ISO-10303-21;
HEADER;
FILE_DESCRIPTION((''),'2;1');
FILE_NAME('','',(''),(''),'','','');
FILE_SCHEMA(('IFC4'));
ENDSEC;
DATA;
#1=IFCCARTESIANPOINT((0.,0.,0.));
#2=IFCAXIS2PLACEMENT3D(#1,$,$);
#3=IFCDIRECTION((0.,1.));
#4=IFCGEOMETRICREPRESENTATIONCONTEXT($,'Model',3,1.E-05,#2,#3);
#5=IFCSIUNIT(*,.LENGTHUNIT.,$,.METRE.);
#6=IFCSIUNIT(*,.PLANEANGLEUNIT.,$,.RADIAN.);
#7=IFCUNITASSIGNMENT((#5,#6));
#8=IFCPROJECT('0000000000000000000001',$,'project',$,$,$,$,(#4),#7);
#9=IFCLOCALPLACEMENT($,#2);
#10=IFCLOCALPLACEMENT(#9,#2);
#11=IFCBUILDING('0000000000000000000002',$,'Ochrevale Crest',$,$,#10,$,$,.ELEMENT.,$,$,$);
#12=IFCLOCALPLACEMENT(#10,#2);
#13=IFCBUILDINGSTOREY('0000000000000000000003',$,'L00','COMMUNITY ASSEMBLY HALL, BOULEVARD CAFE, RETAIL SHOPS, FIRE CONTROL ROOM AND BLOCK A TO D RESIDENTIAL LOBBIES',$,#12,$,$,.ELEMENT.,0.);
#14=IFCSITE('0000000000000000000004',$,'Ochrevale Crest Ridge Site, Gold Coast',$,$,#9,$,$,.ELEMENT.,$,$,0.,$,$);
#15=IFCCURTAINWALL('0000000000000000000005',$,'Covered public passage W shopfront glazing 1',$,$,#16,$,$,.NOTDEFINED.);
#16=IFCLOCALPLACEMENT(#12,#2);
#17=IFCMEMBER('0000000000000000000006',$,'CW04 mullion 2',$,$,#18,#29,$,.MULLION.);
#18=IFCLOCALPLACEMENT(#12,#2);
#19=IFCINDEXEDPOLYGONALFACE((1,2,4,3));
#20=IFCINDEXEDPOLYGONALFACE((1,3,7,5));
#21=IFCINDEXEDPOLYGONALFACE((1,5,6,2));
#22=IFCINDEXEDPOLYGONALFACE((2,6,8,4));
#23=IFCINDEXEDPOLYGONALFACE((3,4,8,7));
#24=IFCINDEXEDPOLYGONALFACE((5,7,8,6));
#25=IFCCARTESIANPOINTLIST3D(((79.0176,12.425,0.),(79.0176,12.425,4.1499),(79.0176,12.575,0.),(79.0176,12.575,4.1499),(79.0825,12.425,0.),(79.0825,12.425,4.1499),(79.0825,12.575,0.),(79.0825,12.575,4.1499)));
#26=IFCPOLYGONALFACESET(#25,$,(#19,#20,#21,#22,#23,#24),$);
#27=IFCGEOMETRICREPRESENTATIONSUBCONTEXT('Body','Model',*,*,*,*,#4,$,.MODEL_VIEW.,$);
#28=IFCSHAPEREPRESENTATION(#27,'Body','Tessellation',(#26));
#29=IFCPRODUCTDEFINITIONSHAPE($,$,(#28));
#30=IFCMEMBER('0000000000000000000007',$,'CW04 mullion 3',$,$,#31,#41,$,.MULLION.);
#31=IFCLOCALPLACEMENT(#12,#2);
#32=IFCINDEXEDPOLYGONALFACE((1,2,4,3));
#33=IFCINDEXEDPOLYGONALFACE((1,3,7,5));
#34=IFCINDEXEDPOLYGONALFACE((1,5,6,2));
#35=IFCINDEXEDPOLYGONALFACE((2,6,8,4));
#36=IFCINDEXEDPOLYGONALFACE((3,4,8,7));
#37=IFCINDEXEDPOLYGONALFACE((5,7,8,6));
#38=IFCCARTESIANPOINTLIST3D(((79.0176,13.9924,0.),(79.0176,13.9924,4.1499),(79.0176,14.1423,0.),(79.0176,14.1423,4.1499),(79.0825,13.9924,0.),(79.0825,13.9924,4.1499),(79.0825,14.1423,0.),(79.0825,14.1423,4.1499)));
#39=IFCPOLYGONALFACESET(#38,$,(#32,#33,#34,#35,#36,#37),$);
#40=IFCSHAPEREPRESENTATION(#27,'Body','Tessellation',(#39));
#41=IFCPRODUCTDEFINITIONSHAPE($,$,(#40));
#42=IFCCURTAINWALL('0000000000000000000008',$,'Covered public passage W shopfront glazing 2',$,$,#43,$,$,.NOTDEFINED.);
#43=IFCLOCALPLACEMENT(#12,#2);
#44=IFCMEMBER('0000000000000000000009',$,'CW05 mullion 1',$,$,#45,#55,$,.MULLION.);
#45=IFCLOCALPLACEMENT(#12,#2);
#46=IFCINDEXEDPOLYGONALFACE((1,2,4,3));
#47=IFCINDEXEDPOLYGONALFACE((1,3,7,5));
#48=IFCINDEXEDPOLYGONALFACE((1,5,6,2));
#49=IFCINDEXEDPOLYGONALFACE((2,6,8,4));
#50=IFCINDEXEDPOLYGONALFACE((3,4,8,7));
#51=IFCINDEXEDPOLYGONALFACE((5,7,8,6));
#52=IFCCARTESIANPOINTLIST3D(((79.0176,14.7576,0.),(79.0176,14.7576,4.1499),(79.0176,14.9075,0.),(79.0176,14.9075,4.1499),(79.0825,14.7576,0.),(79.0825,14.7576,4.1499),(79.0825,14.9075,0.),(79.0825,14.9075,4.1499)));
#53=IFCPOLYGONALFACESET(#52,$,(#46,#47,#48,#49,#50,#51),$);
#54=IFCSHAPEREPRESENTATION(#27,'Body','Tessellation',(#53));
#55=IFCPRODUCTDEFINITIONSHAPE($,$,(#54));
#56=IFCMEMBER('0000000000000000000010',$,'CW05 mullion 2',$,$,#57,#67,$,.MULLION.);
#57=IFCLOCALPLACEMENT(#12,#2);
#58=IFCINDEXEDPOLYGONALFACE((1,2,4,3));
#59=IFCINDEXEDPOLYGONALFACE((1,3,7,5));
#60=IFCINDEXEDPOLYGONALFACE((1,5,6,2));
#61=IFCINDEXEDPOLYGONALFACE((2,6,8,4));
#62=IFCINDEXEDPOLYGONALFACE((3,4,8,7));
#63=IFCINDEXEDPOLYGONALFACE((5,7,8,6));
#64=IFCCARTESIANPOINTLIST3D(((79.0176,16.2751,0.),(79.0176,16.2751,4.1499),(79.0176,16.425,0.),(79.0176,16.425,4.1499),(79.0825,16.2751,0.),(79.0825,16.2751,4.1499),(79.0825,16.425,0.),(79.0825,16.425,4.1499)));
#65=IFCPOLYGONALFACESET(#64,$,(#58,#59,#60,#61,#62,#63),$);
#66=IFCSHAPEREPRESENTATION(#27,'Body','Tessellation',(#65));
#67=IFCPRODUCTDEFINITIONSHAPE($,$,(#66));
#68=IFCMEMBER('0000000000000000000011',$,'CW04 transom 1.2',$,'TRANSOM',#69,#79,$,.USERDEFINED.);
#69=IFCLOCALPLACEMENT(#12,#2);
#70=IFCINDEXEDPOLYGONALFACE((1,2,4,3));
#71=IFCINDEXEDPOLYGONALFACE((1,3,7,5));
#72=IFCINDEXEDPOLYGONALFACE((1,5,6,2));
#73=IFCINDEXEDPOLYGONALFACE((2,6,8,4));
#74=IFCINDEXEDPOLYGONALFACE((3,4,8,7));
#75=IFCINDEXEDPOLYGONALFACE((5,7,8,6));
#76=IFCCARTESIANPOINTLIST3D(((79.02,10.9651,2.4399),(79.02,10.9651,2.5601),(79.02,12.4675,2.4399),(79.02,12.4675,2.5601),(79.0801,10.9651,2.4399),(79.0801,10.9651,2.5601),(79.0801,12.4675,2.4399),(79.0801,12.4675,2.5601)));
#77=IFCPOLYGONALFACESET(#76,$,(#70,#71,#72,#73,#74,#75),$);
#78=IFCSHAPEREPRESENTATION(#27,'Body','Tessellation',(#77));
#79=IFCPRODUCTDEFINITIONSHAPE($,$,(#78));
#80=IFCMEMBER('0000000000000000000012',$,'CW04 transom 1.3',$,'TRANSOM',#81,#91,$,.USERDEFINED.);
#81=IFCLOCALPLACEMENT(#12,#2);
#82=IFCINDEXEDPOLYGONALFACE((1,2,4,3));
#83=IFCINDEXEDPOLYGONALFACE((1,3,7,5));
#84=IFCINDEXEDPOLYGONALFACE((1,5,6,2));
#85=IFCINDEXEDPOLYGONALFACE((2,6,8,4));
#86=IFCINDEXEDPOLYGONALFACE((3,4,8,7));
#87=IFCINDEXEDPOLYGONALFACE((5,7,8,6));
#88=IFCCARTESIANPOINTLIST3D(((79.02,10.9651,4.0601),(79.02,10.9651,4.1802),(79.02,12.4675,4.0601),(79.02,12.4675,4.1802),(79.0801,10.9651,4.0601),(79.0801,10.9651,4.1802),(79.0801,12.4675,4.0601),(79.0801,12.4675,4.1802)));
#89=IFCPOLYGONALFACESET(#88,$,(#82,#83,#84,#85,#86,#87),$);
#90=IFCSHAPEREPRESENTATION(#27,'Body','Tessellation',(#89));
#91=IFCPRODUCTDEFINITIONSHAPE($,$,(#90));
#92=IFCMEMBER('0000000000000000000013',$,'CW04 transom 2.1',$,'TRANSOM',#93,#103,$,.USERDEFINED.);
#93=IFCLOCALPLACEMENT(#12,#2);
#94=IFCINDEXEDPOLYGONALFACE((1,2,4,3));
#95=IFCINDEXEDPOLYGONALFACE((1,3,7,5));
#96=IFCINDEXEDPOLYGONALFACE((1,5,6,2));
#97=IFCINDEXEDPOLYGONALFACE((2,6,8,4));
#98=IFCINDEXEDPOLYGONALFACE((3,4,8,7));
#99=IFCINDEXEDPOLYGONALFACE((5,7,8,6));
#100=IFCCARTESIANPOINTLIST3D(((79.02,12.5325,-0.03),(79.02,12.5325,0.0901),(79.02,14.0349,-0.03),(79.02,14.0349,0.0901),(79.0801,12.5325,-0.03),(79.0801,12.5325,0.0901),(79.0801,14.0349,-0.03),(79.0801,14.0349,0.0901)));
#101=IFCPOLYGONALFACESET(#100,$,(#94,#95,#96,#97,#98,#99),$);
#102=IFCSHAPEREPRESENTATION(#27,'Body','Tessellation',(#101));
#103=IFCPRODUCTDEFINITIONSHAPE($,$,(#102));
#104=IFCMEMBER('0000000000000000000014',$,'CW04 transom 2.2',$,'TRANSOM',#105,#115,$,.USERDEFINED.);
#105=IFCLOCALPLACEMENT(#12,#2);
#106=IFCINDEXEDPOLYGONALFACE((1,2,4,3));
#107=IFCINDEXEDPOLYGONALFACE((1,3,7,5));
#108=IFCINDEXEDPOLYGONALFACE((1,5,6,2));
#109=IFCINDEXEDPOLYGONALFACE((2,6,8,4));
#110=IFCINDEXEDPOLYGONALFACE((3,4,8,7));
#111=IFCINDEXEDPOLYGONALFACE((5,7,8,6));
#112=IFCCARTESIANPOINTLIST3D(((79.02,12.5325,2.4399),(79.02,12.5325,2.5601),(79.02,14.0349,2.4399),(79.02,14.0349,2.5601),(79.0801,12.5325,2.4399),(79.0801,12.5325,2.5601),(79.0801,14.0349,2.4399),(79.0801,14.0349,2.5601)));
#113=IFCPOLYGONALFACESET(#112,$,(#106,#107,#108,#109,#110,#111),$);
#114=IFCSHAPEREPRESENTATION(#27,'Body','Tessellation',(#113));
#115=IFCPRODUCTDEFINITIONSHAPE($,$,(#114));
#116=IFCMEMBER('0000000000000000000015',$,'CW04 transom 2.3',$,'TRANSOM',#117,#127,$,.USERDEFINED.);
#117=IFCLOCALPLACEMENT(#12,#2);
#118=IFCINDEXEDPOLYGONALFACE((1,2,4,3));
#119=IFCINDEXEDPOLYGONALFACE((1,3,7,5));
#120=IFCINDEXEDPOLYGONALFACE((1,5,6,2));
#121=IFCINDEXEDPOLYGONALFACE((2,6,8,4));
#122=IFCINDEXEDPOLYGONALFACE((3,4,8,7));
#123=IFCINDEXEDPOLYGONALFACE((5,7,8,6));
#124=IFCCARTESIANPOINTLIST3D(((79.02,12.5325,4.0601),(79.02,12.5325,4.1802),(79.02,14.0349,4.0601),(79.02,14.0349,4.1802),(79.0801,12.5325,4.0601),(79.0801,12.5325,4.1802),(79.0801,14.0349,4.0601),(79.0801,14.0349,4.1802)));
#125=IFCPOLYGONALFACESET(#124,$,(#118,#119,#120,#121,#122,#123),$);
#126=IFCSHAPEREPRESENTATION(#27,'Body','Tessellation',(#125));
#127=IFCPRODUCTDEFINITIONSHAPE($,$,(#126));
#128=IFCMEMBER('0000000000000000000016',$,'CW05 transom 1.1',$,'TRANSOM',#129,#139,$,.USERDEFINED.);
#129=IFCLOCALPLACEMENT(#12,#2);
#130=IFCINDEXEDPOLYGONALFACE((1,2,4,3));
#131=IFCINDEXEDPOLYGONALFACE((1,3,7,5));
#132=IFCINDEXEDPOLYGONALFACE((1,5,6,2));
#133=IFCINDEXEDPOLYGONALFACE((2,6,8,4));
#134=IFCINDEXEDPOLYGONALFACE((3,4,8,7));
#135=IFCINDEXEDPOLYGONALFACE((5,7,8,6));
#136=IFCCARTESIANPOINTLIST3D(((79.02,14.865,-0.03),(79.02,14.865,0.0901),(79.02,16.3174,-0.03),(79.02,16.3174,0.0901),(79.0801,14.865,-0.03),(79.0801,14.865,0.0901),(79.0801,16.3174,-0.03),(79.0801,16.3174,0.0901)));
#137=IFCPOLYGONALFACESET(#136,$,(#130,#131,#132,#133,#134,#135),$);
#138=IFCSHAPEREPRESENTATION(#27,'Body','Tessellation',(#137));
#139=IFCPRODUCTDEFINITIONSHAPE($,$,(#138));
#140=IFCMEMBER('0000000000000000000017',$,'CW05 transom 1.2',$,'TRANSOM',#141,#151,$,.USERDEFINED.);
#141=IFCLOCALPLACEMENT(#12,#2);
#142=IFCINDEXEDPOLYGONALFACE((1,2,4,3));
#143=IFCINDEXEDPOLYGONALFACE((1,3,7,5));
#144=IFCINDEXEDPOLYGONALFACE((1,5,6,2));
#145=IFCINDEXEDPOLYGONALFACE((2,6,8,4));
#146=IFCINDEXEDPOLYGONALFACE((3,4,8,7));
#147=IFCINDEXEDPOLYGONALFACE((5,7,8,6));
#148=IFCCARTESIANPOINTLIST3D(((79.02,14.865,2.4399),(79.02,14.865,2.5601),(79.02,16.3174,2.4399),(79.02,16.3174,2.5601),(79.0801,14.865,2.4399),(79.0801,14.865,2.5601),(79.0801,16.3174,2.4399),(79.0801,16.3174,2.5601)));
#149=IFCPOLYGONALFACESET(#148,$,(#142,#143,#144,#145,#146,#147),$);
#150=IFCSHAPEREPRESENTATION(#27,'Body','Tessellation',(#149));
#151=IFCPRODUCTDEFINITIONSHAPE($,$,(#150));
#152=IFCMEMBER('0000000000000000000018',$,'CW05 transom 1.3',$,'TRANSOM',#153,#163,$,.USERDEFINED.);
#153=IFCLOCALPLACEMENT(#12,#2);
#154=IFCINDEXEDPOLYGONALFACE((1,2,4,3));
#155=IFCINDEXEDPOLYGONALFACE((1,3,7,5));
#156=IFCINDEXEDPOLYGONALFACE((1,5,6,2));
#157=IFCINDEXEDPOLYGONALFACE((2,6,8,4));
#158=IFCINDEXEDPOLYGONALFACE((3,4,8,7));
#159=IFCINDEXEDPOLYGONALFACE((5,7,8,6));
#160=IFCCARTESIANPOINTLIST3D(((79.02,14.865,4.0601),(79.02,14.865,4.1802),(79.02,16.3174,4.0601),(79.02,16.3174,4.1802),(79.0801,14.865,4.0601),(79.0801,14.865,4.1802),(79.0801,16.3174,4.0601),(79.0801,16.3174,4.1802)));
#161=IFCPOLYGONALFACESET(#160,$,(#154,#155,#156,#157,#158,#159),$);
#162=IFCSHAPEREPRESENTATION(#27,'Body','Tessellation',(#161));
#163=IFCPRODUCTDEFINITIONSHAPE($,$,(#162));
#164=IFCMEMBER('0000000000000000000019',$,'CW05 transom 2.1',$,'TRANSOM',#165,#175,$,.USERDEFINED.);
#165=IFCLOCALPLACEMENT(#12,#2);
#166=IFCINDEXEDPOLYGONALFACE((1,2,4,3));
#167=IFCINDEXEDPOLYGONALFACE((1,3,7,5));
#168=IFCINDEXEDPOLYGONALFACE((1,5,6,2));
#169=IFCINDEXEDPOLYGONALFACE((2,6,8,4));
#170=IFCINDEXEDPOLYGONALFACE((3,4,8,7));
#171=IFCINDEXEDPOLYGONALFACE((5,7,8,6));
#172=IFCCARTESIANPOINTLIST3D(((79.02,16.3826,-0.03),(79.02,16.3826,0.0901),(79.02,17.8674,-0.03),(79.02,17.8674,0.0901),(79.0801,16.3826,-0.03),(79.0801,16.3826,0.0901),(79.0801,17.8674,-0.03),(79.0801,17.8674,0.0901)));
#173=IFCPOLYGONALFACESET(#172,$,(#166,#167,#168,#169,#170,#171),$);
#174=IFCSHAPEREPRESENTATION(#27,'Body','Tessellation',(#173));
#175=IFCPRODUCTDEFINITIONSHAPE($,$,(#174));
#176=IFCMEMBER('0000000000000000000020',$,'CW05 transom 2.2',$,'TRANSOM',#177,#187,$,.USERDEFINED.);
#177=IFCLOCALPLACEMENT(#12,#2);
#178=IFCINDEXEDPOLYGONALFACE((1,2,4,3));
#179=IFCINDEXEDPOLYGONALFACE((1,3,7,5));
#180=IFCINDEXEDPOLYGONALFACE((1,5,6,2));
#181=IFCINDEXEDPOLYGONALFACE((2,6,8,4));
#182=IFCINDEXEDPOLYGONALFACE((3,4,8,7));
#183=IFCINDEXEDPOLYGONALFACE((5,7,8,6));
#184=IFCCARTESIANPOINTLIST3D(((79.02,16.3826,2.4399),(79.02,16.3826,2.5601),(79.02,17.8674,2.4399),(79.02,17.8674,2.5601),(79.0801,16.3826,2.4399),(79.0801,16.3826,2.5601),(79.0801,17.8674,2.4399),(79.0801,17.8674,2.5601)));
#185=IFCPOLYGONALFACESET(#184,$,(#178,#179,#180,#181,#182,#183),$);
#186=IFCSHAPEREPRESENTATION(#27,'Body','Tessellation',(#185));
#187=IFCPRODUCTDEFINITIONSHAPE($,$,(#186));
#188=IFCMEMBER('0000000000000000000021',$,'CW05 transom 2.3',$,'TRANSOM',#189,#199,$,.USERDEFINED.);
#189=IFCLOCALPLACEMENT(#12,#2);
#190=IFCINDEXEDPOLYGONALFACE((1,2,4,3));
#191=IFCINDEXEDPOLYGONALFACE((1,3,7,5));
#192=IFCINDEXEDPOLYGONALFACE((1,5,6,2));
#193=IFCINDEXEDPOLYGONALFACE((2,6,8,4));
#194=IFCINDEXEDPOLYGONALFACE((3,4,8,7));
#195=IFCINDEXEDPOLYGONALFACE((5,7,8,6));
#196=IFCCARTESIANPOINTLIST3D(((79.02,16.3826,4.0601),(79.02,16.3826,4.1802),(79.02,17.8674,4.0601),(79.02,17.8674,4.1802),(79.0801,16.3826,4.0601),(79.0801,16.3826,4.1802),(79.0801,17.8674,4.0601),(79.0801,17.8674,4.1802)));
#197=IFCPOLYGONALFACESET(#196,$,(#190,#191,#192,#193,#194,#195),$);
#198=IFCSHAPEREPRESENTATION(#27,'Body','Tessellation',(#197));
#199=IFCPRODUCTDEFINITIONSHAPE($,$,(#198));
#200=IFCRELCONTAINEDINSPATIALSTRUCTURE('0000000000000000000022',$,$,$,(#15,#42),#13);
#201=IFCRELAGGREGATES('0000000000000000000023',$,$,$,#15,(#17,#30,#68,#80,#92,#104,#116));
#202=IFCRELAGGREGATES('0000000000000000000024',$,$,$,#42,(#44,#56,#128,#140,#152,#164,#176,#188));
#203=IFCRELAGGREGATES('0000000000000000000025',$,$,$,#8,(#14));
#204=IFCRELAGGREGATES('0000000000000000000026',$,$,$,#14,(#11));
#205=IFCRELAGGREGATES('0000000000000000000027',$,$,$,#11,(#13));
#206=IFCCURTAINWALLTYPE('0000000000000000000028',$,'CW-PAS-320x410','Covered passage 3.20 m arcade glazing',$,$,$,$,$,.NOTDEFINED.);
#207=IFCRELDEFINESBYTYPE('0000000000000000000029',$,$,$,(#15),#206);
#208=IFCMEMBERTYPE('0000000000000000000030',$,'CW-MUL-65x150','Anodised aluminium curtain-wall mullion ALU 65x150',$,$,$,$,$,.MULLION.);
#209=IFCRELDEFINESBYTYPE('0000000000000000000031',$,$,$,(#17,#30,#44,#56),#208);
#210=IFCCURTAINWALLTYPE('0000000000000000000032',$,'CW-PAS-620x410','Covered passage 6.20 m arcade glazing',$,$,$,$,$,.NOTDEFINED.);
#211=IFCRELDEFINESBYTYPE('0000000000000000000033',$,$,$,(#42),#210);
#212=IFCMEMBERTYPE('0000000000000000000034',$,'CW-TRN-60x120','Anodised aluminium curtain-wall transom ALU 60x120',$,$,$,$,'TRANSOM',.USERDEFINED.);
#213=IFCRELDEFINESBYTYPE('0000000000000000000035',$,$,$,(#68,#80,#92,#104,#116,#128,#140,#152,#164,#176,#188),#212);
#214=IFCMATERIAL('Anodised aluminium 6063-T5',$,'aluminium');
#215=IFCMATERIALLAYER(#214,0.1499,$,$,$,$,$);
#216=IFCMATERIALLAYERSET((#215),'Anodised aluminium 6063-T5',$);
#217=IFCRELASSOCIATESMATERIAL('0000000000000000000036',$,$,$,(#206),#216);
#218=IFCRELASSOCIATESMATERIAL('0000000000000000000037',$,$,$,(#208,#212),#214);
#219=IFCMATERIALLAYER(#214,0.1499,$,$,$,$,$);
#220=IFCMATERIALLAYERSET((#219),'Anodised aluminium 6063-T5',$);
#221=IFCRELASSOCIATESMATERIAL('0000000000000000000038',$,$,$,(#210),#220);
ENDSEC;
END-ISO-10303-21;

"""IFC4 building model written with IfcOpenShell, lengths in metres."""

from ifc_helpers import new_model, si_unit, direction, frame, origin, origin_2d, place, context, subcontext, project, spatial, rectangle, extrude, material, layer, layer_set, material_profile, profile_set, type_object, element, aggregate, save


model = new_model("IFC4")

# Units and contexts
model_context = context("Model", 3, precision=1e-05, world=origin(), true_north=direction((0.0, 1.0)))
body_context = subcontext(model_context, "Body", "Model", "MODEL_VIEW")
ifc_project = project(units=[si_unit("LENGTHUNIT", "METRE"), si_unit("PLANEANGLEUNIT", "RADIAN")], contexts=[model_context])

# Site, building, storey
site_placement = place(None, origin())
site = spatial("IfcSite", under=ifc_project, at=site_placement, Name="Ochrevale Crest Ridge Site, Gold Coast", CompositionType="ELEMENT", RefElevation=0.0)
building_placement = place(site_placement, origin())
building = spatial("IfcBuilding", under=site, at=building_placement, Name="Ochrevale Crest", CompositionType="ELEMENT")
storey_placement = place(building_placement, origin())
storey = spatial("IfcBuildingStorey", under=building, at=storey_placement, Name="L00", Description="COMMUNITY ASSEMBLY HALL, BOULEVARD CAFE, RETAIL SHOPS, FIRE CONTROL ROOM AND BLOCK A TO D RESIDENTIAL LOBBIES", CompositionType="ELEMENT", Elevation=0.0)

# Curtain walls, members
ifc_material_1 = material(Name="Anodised aluminium 6063-T5", Category="aluminium")
ifc_layer_1 = layer(ifc_material_1, 0.1499)
ifc_layer_set_1 = layer_set([ifc_layer_1], Name="Anodised aluminium 6063-T5")
curtain_wall_type_1 = type_object("IfcCurtainWallType", Name="CW-PAS-320x410", Description="Covered passage 3.20 m arcade glazing", PredefinedType="NOTDEFINED", material=ifc_layer_set_1)
curtain_wall_1_placement = place(storey_placement, origin())
curtain_wall_1 = element("IfcCurtainWall", 1, at=curtain_wall_1_placement, inside=storey, type_object=curtain_wall_type_1, Name="Covered public passage W shopfront glazing 1", PredefinedType="NOTDEFINED")
ifc_material_profile_1 = material_profile(ifc_material_1, rectangle(XDim=0.0649, YDim=0.1499, at=origin_2d()), Name="ALU 65x150")
ifc_profile_set_1 = profile_set([ifc_material_profile_1], Name="Anodised aluminium 6063-T5")
member_type_1 = type_object("IfcMemberType", Name="CW-MUL-65x150", Description="Anodised aluminium curtain-wall mullion ALU 65x150", PredefinedType="MULLION", material=ifc_profile_set_1)
member_1_placement = place(storey_placement, frame((79.05, 12.5, 0.0), z_axis=(0.0, 0.0, 1.0), x_axis=(-1.0, 0.0, 0.0)))
member_1 = element("IfcMember", 2, at=member_1_placement, type_object=member_type_1, Name="CW04 mullion 2", PredefinedType="MULLION", context=body_context, shape_type="SweptSolid", body=[
    extrude(rectangle(XDim=0.0649, YDim=0.1499, at=origin_2d()), origin(), (0.0, 0.0, 1.0), 4.1499),
])
member_2_placement = place(storey_placement, frame((79.05, 14.0674, 0.0), z_axis=(0.0, 0.0, 1.0), x_axis=(-1.0, 0.0, 0.0)))
member_2 = element("IfcMember", 3, at=member_2_placement, type_object=member_type_1, Name="CW04 mullion 3", PredefinedType="MULLION", context=body_context, shape_type="SweptSolid", body=[
    extrude(rectangle(XDim=0.0649, YDim=0.1499, at=origin_2d()), origin(), (0.0, 0.0, 1.0), 4.1499),
])
ifc_layer_2 = layer(ifc_material_1, 0.1499)
ifc_layer_set_2 = layer_set([ifc_layer_2], Name="Anodised aluminium 6063-T5")
curtain_wall_type_2 = type_object("IfcCurtainWallType", Name="CW-PAS-620x410", Description="Covered passage 6.20 m arcade glazing", PredefinedType="NOTDEFINED", material=ifc_layer_set_2)
curtain_wall_2_placement = place(storey_placement, origin())
curtain_wall_2 = element("IfcCurtainWall", 4, at=curtain_wall_2_placement, inside=storey, type_object=curtain_wall_type_2, Name="Covered public passage W shopfront glazing 2", PredefinedType="NOTDEFINED")
member_3_placement = place(storey_placement, frame((79.05, 14.8325, 0.0), z_axis=(0.0, 0.0, 1.0), x_axis=(-1.0, 0.0, 0.0)))
member_3 = element("IfcMember", 5, at=member_3_placement, type_object=member_type_1, Name="CW05 mullion 1", PredefinedType="MULLION", context=body_context, shape_type="SweptSolid", body=[
    extrude(rectangle(XDim=0.0649, YDim=0.1499, at=origin_2d()), origin(), (0.0, 0.0, 1.0), 4.1499),
])
member_4_placement = place(storey_placement, frame((79.05, 16.3501, 0.0), z_axis=(0.0, 0.0, 1.0), x_axis=(-1.0, 0.0, 0.0)))
member_4 = element("IfcMember", 6, at=member_4_placement, type_object=member_type_1, Name="CW05 mullion 2", PredefinedType="MULLION", context=body_context, shape_type="SweptSolid", body=[
    extrude(rectangle(XDim=0.0649, YDim=0.1499, at=origin_2d()), origin(), (0.0, 0.0, 1.0), 4.1499),
])

# Members
ifc_material_profile_2 = material_profile(ifc_material_1, rectangle(XDim=0.0601, YDim=0.1201, at=origin_2d()), Name="ALU 60x120")
ifc_profile_set_2 = profile_set([ifc_material_profile_2], Name="Anodised aluminium 6063-T5")
member_type_2 = type_object("IfcMemberType", Name="CW-TRN-60x120", Description="Anodised aluminium curtain-wall transom ALU 60x120", ElementType="TRANSOM", PredefinedType="USERDEFINED", material=ifc_profile_set_2)
member_5_placement = place(storey_placement, frame((79.05, 10.9651, 2.5), z_axis=(0.0, 1.0, 0.0), x_axis=(-1.0, 0.0, 0.0)))
member_5 = element("IfcMember", 7, at=member_5_placement, type_object=member_type_2, Name="CW04 transom 1.2", ObjectType="TRANSOM", PredefinedType="USERDEFINED", context=body_context, shape_type="SweptSolid", body=[
    extrude(rectangle(XDim=0.0601, YDim=0.1201, at=origin_2d()), origin(), (0.0, 0.0, 1.0), 1.5024),
])
member_6_placement = place(storey_placement, frame((79.05, 10.9651, 4.1201), z_axis=(0.0, 1.0, 0.0), x_axis=(-1.0, 0.0, 0.0)))
member_6 = element("IfcMember", 8, at=member_6_placement, type_object=member_type_2, Name="CW04 transom 1.3", ObjectType="TRANSOM", PredefinedType="USERDEFINED", context=body_context, shape_type="SweptSolid", body=[
    extrude(rectangle(XDim=0.0601, YDim=0.1201, at=origin_2d()), origin(), (0.0, 0.0, 1.0), 1.5024),
])
member_7_placement = place(storey_placement, frame((79.05, 12.5325, 0.03), z_axis=(0.0, 1.0, 0.0), x_axis=(-1.0, 0.0, 0.0)))
member_7 = element("IfcMember", 9, at=member_7_placement, type_object=member_type_2, Name="CW04 transom 2.1", ObjectType="TRANSOM", PredefinedType="USERDEFINED", context=body_context, shape_type="SweptSolid", body=[
    extrude(rectangle(XDim=0.0601, YDim=0.1201, at=origin_2d()), origin(), (0.0, 0.0, 1.0), 1.5024),
])
member_8_placement = place(storey_placement, frame((79.05, 12.5325, 2.5), z_axis=(0.0, 1.0, 0.0), x_axis=(-1.0, 0.0, 0.0)))
member_8 = element("IfcMember", 10, at=member_8_placement, type_object=member_type_2, Name="CW04 transom 2.2", ObjectType="TRANSOM", PredefinedType="USERDEFINED", context=body_context, shape_type="SweptSolid", body=[
    extrude(rectangle(XDim=0.0601, YDim=0.1201, at=origin_2d()), origin(), (0.0, 0.0, 1.0), 1.5024),
])
member_9_placement = place(storey_placement, frame((79.05, 12.5325, 4.1201), z_axis=(0.0, 1.0, 0.0), x_axis=(-1.0, 0.0, 0.0)))
member_9 = element("IfcMember", 11, at=member_9_placement, type_object=member_type_2, Name="CW04 transom 2.3", ObjectType="TRANSOM", PredefinedType="USERDEFINED", context=body_context, shape_type="SweptSolid", body=[
    extrude(rectangle(XDim=0.0601, YDim=0.1201, at=origin_2d()), origin(), (0.0, 0.0, 1.0), 1.5024),
])
member_10_placement = place(storey_placement, frame((79.05, 14.865, 0.03), z_axis=(0.0, 1.0, 0.0), x_axis=(-1.0, 0.0, 0.0)))
member_10 = element("IfcMember", 12, at=member_10_placement, type_object=member_type_2, Name="CW05 transom 1.1", ObjectType="TRANSOM", PredefinedType="USERDEFINED", context=body_context, shape_type="SweptSolid", body=[
    extrude(rectangle(XDim=0.0601, YDim=0.1201, at=origin_2d()), origin(), (0.0, 0.0, 1.0), 1.4524),
])
member_11_placement = place(storey_placement, frame((79.05, 14.865, 2.5), z_axis=(0.0, 1.0, 0.0), x_axis=(-1.0, 0.0, 0.0)))
member_11 = element("IfcMember", 13, at=member_11_placement, type_object=member_type_2, Name="CW05 transom 1.2", ObjectType="TRANSOM", PredefinedType="USERDEFINED", context=body_context, shape_type="SweptSolid", body=[
    extrude(rectangle(XDim=0.0601, YDim=0.1201, at=origin_2d()), origin(), (0.0, 0.0, 1.0), 1.4524),
])
member_12_placement = place(storey_placement, frame((79.05, 14.865, 4.1201), z_axis=(0.0, 1.0, 0.0), x_axis=(-1.0, 0.0, 0.0)))
member_12 = element("IfcMember", 14, at=member_12_placement, type_object=member_type_2, Name="CW05 transom 1.3", ObjectType="TRANSOM", PredefinedType="USERDEFINED", context=body_context, shape_type="SweptSolid", body=[
    extrude(rectangle(XDim=0.0601, YDim=0.1201, at=origin_2d()), origin(), (0.0, 0.0, 1.0), 1.4524),
])
member_13_placement = place(storey_placement, frame((79.05, 16.3826, 0.03), z_axis=(0.0, 1.0, 0.0), x_axis=(-1.0, 0.0, 0.0)))
member_13 = element("IfcMember", 15, at=member_13_placement, type_object=member_type_2, Name="CW05 transom 2.1", ObjectType="TRANSOM", PredefinedType="USERDEFINED", context=body_context, shape_type="SweptSolid", body=[
    extrude(rectangle(XDim=0.0601, YDim=0.1201, at=origin_2d()), origin(), (0.0, 0.0, 1.0), 1.4849),
])
member_14_placement = place(storey_placement, frame((79.05, 16.3826, 2.5), z_axis=(0.0, 1.0, 0.0), x_axis=(-1.0, 0.0, 0.0)))
member_14 = element("IfcMember", 16, at=member_14_placement, type_object=member_type_2, Name="CW05 transom 2.2", ObjectType="TRANSOM", PredefinedType="USERDEFINED", context=body_context, shape_type="SweptSolid", body=[
    extrude(rectangle(XDim=0.0601, YDim=0.1201, at=origin_2d()), origin(), (0.0, 0.0, 1.0), 1.4849),
])
member_15_placement = place(storey_placement, frame((79.05, 16.3826, 4.1201), z_axis=(0.0, 1.0, 0.0), x_axis=(-1.0, 0.0, 0.0)))
member_15 = element("IfcMember", 17, at=member_15_placement, type_object=member_type_2, Name="CW05 transom 2.3", ObjectType="TRANSOM", PredefinedType="USERDEFINED", context=body_context, shape_type="SweptSolid", body=[
    extrude(rectangle(XDim=0.0601, YDim=0.1201, at=origin_2d()), origin(), (0.0, 0.0, 1.0), 1.4849),
])

aggregate(curtain_wall_1, [member_1, member_2, member_5, member_6, member_7, member_8, member_9])
aggregate(curtain_wall_2, [member_3, member_4, member_10, member_11, member_12, member_13, member_14, member_15])

save(model, "model.ifc")
